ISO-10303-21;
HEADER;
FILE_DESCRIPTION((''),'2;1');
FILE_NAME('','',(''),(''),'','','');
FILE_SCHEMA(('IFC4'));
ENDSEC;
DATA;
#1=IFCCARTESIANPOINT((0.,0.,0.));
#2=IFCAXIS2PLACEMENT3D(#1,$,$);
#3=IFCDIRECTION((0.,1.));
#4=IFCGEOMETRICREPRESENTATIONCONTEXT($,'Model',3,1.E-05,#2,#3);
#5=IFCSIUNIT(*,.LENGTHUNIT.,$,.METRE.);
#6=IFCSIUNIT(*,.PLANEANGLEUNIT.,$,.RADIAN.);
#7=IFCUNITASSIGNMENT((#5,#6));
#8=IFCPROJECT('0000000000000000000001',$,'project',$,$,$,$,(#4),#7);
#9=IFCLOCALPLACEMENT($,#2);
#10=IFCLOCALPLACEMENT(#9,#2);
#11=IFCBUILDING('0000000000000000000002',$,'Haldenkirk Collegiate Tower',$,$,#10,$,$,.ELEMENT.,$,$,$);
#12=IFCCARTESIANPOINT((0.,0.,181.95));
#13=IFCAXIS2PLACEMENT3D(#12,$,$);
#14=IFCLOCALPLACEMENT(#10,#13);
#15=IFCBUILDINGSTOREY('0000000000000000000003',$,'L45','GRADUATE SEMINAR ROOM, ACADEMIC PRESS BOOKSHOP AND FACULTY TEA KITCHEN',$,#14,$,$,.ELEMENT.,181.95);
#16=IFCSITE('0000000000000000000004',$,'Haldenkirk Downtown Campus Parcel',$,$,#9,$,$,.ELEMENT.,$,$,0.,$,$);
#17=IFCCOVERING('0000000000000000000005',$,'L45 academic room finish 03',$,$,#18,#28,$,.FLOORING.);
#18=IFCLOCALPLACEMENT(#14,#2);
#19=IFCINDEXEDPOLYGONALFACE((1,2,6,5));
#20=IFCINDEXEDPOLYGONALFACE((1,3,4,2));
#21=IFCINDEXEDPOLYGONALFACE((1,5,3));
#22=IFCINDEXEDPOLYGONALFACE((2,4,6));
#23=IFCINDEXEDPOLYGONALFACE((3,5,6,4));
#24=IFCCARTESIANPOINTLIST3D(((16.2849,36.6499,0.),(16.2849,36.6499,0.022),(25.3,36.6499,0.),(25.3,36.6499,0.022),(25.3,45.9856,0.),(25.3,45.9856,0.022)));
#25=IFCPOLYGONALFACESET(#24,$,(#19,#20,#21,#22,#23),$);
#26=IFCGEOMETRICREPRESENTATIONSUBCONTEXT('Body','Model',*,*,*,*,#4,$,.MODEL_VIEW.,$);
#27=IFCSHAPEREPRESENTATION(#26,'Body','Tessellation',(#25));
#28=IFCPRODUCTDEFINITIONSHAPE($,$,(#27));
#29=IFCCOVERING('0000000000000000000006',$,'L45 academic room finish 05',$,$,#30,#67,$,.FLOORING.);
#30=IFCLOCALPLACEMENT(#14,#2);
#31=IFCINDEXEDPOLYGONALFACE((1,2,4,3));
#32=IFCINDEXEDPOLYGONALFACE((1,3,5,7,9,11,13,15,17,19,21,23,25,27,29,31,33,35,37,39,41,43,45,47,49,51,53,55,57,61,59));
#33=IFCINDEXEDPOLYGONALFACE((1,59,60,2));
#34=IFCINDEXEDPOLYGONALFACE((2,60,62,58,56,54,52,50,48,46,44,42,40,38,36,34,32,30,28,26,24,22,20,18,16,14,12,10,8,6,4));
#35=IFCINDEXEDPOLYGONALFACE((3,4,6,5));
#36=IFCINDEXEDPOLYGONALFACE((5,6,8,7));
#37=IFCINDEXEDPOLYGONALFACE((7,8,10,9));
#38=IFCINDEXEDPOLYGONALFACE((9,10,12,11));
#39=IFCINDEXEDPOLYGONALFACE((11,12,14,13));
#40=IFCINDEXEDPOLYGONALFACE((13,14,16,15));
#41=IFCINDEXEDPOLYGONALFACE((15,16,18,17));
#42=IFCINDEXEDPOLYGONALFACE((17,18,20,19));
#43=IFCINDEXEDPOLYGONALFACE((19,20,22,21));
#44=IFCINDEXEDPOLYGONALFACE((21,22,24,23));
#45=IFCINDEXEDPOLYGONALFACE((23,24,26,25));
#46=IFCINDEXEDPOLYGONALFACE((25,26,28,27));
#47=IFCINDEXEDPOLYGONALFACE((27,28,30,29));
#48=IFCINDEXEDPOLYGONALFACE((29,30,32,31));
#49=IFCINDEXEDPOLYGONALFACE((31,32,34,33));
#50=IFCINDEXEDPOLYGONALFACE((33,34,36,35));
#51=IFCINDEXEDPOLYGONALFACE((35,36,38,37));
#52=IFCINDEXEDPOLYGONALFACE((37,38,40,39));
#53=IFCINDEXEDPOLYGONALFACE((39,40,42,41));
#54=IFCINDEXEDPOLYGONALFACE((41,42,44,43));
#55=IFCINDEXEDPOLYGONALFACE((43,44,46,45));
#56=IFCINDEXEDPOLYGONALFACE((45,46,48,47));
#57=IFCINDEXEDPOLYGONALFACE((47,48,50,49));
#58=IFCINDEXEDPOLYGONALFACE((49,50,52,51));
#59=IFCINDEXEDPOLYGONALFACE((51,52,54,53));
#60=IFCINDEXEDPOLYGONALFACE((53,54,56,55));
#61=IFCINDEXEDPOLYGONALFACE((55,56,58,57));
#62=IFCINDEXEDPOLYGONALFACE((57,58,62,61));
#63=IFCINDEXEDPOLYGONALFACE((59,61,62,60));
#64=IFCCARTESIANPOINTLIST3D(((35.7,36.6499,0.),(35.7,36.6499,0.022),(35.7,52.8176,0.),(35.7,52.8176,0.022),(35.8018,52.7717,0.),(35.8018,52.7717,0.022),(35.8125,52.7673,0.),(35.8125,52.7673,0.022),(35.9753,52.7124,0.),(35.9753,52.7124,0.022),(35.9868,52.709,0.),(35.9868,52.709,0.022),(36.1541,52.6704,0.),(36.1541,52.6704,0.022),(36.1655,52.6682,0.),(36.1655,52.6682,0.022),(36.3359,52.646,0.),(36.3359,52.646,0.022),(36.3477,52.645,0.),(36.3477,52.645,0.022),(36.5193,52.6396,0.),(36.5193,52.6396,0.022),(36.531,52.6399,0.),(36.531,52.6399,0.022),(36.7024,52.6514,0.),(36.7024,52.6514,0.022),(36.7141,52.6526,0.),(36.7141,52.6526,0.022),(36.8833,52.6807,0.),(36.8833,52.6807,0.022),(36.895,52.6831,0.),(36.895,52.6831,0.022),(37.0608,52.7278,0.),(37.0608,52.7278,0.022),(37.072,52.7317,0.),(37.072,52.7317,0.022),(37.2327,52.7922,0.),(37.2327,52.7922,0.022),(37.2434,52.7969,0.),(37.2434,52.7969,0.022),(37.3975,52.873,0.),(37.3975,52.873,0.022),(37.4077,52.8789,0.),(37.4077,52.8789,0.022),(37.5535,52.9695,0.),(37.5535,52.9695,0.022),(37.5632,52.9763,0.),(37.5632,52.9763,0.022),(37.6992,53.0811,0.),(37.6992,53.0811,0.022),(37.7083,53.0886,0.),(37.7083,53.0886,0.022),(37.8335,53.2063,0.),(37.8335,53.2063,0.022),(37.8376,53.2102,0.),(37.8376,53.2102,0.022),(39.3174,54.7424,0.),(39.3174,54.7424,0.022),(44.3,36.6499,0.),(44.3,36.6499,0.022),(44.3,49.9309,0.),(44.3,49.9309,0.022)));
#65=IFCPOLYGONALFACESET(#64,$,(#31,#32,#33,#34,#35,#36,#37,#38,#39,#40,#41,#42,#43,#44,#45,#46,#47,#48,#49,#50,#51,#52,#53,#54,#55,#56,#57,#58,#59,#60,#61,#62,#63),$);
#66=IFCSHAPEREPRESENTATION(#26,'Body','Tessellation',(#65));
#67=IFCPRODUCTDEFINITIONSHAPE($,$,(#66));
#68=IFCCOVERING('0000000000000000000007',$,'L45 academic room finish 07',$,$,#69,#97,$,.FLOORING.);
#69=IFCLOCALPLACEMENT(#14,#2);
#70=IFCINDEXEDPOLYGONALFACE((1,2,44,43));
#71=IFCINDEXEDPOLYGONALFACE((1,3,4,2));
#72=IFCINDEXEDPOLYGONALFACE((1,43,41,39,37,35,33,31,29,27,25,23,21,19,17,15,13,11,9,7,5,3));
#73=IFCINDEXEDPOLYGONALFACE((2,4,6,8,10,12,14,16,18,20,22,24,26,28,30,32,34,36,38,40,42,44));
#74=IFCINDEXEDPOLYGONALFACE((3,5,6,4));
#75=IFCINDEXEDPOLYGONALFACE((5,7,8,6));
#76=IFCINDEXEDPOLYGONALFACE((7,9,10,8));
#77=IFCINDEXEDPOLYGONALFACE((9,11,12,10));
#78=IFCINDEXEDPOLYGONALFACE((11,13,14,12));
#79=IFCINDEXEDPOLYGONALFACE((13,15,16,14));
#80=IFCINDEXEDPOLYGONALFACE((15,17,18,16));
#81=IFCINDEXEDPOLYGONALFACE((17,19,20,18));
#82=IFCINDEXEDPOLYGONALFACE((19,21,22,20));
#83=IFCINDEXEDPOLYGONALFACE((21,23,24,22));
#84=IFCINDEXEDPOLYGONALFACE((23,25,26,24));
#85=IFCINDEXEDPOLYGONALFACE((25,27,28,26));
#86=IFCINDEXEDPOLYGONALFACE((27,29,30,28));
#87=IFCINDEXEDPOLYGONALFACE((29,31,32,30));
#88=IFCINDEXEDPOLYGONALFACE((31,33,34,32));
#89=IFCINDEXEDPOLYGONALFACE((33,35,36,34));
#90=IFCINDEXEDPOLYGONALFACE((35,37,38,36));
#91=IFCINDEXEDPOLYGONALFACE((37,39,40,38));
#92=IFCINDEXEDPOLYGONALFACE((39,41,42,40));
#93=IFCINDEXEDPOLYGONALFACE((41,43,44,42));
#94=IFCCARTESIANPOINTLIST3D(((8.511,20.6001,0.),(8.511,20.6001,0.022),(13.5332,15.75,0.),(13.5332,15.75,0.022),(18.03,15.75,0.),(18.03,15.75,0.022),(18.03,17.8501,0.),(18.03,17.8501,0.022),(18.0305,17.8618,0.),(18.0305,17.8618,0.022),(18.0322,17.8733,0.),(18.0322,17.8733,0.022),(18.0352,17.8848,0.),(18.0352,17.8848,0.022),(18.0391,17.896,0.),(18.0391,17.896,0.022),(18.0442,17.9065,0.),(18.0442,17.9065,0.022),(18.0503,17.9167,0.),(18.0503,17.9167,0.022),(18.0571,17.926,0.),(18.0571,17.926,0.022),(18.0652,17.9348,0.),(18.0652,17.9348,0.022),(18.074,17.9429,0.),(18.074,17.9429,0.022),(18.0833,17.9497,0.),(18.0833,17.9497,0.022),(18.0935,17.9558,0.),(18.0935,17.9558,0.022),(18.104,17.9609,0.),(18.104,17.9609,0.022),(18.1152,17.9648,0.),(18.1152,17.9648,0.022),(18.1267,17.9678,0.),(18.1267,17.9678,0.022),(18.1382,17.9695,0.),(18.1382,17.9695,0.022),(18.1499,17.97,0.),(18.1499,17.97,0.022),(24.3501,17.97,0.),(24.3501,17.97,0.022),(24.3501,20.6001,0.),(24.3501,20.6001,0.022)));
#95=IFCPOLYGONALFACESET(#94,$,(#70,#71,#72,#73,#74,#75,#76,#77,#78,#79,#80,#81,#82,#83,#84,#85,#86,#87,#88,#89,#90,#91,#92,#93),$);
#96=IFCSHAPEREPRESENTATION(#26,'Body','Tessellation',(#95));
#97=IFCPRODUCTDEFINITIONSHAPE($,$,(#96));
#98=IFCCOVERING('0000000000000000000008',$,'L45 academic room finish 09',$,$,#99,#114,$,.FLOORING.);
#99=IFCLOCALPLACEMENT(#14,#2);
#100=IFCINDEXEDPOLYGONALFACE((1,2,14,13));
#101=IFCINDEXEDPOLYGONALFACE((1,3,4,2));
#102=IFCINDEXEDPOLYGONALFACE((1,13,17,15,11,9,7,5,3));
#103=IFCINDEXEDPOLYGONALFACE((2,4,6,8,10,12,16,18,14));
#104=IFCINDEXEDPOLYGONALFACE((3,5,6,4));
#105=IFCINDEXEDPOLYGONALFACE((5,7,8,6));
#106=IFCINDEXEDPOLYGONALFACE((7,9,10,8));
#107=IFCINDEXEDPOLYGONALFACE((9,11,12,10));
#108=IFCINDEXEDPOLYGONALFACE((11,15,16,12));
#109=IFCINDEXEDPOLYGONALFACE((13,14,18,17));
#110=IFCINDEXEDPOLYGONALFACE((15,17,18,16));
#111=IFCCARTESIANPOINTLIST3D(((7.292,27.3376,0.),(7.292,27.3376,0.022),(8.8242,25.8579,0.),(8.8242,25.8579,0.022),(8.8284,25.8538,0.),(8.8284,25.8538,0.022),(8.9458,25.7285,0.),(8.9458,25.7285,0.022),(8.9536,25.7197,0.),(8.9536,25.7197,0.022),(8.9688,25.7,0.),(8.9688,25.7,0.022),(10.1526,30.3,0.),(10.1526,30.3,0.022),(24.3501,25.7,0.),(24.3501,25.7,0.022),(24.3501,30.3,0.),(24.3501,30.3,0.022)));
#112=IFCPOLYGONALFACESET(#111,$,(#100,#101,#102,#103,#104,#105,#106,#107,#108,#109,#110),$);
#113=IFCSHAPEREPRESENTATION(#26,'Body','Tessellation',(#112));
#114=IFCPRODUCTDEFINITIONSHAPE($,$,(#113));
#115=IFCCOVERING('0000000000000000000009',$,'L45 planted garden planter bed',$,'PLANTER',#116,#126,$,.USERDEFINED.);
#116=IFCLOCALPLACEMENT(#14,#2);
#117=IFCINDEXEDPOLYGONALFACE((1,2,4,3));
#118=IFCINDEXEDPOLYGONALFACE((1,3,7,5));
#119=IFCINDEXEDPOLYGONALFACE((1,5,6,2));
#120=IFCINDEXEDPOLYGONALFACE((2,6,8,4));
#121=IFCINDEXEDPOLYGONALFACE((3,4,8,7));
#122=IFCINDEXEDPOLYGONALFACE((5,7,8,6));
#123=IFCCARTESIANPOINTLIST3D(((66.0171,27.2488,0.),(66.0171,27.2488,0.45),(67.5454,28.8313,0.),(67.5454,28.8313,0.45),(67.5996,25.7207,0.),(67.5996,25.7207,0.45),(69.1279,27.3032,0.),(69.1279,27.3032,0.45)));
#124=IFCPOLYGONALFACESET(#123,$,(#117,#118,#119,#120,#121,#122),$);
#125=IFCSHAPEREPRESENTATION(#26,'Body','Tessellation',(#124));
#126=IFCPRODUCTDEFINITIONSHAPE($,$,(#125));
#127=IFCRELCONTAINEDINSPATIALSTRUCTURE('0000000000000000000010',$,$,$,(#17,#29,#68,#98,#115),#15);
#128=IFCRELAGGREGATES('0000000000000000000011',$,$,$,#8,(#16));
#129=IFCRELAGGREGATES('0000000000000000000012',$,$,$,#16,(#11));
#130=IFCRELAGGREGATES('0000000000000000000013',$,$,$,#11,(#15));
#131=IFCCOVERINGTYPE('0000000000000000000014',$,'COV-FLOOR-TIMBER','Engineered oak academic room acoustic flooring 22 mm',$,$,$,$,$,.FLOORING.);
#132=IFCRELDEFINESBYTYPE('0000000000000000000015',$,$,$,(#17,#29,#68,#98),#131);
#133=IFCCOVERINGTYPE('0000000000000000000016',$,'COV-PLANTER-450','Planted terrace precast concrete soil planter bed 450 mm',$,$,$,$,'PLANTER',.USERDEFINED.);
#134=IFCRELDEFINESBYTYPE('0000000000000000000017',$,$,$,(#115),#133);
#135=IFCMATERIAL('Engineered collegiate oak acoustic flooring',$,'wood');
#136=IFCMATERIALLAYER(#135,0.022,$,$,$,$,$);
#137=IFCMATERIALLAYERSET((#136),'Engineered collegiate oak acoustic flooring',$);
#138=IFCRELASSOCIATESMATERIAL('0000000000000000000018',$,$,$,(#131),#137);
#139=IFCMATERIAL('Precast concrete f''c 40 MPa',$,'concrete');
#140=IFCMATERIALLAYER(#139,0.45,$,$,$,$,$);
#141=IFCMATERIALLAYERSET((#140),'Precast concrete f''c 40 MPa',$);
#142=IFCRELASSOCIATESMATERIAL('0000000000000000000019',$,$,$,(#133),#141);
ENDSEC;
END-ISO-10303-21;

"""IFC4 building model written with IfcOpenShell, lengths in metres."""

from ifc_helpers import new_model, si_unit, direction, frame, origin, place, context, subcontext, project, spatial, polyline, outline, extrude, material, layer, layer_set, type_object, element, save


model = new_model("IFC4")

# Units and contexts
model_context = context("Model", 3, precision=1e-05, world=origin(), true_north=direction((0.0, 1.0)))
body_context = subcontext(model_context, "Body", "Model", "MODEL_VIEW")
ifc_project = project(units=[si_unit("LENGTHUNIT", "METRE"), si_unit("PLANEANGLEUNIT", "RADIAN")], contexts=[model_context])

# Site, building, storey
site_placement = place(None, origin())
site = spatial("IfcSite", under=ifc_project, at=site_placement, Name="Haldenkirk Downtown Campus Parcel", CompositionType="ELEMENT", RefElevation=0.0)
building_placement = place(site_placement, origin())
building = spatial("IfcBuilding", under=site, at=building_placement, Name="Haldenkirk Collegiate Tower", CompositionType="ELEMENT")
storey_placement = place(building_placement, frame((0.0, 0.0, 181.95)))
storey = spatial("IfcBuildingStorey", under=building, at=storey_placement, Name="L45", Description="GRADUATE SEMINAR ROOM, ACADEMIC PRESS BOOKSHOP AND FACULTY TEA KITCHEN", CompositionType="ELEMENT", Elevation=181.95)

# Coverings
ifc_material_1 = material(Name="Engineered collegiate oak acoustic flooring", Category="wood")
ifc_layer_1 = layer(ifc_material_1, 0.022)
ifc_layer_set_1 = layer_set([ifc_layer_1], Name="Engineered collegiate oak acoustic flooring")
covering_type_1 = type_object("IfcCoveringType", Name="COV-FLOOR-TIMBER", Description="Engineered oak academic room acoustic flooring 22 mm", PredefinedType="FLOORING", material=ifc_layer_set_1)
covering_1_placement = place(storey_placement, origin())
element("IfcCovering", 1, at=covering_1_placement, inside=storey, type_object=covering_type_1, Name="L45 academic room finish 03", PredefinedType="FLOORING", context=body_context, shape_type="SweptSolid", body=[
    extrude(outline(polyline([(25.3, 45.9856), (25.3, 36.6499), (16.2849, 36.6499), (25.3, 45.9856)])), origin(), (0.0, 0.0, 1.0), 0.022),
])
covering_2_placement = place(storey_placement, origin())
element("IfcCovering", 2, at=covering_2_placement, inside=storey, type_object=covering_type_1, Name="L45 academic room finish 05", PredefinedType="FLOORING", context=body_context, shape_type="SweptSolid", body=[
    extrude(outline(polyline([(35.7, 52.8176), (35.8018, 52.7717), (35.8125, 52.7673), (35.9753, 52.7124), (35.9868, 52.709), (36.1541, 52.6704), (36.1655, 52.6682), (36.3359, 52.646), (36.3477, 52.645), (36.5193, 52.6396), (36.531, 52.6399), (36.7024, 52.6514), (36.7141, 52.6526), (36.8833, 52.6807), (36.895, 52.6831), (37.0608, 52.7278), (37.072, 52.7317), (37.2327, 52.7922), (37.2434, 52.7969), (37.3975, 52.873), (37.4077, 52.8789), (37.5535, 52.9695), (37.5632, 52.9763), (37.6992, 53.0811), (37.7083, 53.0886), (37.8335, 53.2063), (37.8376, 53.2102), (39.3174, 54.7424), (44.3, 49.9309), (44.3, 36.6499), (35.7, 36.6499), (35.7, 52.8176)])), origin(), (0.0, 0.0, 1.0), 0.022),
])
covering_3_placement = place(storey_placement, origin())
element("IfcCovering", 3, at=covering_3_placement, inside=storey, type_object=covering_type_1, Name="L45 academic room finish 07", PredefinedType="FLOORING", context=body_context, shape_type="SweptSolid", body=[
    extrude(outline(polyline([(18.1499, 17.97), (18.1382, 17.9695), (18.1267, 17.9678), (18.1152, 17.9648), (18.104, 17.9609), (18.0935, 17.9558), (18.0833, 17.9497), (18.074, 17.9429), (18.0652, 17.9348), (18.0571, 17.926), (18.0503, 17.9167), (18.0442, 17.9065), (18.0391, 17.896), (18.0352, 17.8848), (18.0322, 17.8733), (18.0305, 17.8618), (18.03, 17.8501), (18.03, 15.75), (13.5332, 15.75), (8.511, 20.6001), (24.3501, 20.6001), (24.3501, 17.97), (18.1499, 17.97)])), origin(), (0.0, 0.0, 1.0), 0.022),
])
covering_4_placement = place(storey_placement, origin())
element("IfcCovering", 4, at=covering_4_placement, inside=storey, type_object=covering_type_1, Name="L45 academic room finish 09", PredefinedType="FLOORING", context=body_context, shape_type="SweptSolid", body=[
    extrude(outline(polyline([(8.9536, 25.7197), (8.9458, 25.7285), (8.8284, 25.8538), (8.8242, 25.8579), (7.292, 27.3376), (10.1526, 30.3), (24.3501, 30.3), (24.3501, 25.7), (8.9688, 25.7), (8.9536, 25.7197)])), origin(), (0.0, 0.0, 1.0), 0.022),
])
ifc_material_2 = material(Name="Precast concrete f'c 40 MPa", Category="concrete")
ifc_layer_2 = layer(ifc_material_2, 0.45)
ifc_layer_set_2 = layer_set([ifc_layer_2], Name="Precast concrete f'c 40 MPa")
covering_type_2 = type_object("IfcCoveringType", Name="COV-PLANTER-450", Description="Planted terrace precast concrete soil planter bed 450 mm", ElementType="PLANTER", PredefinedType="USERDEFINED", material=ifc_layer_set_2)
covering_5_placement = place(storey_placement, origin())
element("IfcCovering", 5, at=covering_5_placement, inside=storey, type_object=covering_type_2, Name="L45 planted garden planter bed", ObjectType="PLANTER", PredefinedType="USERDEFINED", context=body_context, shape_type="SweptSolid", body=[
    extrude(outline(polyline([(67.5996, 25.7207), (66.0171, 27.2488), (67.5454, 28.8313), (69.1279, 27.3032), (67.5996, 25.7207)])), origin(), (0.0, 0.0, 1.0), 0.45),
])

save(model, "model.ifc")
